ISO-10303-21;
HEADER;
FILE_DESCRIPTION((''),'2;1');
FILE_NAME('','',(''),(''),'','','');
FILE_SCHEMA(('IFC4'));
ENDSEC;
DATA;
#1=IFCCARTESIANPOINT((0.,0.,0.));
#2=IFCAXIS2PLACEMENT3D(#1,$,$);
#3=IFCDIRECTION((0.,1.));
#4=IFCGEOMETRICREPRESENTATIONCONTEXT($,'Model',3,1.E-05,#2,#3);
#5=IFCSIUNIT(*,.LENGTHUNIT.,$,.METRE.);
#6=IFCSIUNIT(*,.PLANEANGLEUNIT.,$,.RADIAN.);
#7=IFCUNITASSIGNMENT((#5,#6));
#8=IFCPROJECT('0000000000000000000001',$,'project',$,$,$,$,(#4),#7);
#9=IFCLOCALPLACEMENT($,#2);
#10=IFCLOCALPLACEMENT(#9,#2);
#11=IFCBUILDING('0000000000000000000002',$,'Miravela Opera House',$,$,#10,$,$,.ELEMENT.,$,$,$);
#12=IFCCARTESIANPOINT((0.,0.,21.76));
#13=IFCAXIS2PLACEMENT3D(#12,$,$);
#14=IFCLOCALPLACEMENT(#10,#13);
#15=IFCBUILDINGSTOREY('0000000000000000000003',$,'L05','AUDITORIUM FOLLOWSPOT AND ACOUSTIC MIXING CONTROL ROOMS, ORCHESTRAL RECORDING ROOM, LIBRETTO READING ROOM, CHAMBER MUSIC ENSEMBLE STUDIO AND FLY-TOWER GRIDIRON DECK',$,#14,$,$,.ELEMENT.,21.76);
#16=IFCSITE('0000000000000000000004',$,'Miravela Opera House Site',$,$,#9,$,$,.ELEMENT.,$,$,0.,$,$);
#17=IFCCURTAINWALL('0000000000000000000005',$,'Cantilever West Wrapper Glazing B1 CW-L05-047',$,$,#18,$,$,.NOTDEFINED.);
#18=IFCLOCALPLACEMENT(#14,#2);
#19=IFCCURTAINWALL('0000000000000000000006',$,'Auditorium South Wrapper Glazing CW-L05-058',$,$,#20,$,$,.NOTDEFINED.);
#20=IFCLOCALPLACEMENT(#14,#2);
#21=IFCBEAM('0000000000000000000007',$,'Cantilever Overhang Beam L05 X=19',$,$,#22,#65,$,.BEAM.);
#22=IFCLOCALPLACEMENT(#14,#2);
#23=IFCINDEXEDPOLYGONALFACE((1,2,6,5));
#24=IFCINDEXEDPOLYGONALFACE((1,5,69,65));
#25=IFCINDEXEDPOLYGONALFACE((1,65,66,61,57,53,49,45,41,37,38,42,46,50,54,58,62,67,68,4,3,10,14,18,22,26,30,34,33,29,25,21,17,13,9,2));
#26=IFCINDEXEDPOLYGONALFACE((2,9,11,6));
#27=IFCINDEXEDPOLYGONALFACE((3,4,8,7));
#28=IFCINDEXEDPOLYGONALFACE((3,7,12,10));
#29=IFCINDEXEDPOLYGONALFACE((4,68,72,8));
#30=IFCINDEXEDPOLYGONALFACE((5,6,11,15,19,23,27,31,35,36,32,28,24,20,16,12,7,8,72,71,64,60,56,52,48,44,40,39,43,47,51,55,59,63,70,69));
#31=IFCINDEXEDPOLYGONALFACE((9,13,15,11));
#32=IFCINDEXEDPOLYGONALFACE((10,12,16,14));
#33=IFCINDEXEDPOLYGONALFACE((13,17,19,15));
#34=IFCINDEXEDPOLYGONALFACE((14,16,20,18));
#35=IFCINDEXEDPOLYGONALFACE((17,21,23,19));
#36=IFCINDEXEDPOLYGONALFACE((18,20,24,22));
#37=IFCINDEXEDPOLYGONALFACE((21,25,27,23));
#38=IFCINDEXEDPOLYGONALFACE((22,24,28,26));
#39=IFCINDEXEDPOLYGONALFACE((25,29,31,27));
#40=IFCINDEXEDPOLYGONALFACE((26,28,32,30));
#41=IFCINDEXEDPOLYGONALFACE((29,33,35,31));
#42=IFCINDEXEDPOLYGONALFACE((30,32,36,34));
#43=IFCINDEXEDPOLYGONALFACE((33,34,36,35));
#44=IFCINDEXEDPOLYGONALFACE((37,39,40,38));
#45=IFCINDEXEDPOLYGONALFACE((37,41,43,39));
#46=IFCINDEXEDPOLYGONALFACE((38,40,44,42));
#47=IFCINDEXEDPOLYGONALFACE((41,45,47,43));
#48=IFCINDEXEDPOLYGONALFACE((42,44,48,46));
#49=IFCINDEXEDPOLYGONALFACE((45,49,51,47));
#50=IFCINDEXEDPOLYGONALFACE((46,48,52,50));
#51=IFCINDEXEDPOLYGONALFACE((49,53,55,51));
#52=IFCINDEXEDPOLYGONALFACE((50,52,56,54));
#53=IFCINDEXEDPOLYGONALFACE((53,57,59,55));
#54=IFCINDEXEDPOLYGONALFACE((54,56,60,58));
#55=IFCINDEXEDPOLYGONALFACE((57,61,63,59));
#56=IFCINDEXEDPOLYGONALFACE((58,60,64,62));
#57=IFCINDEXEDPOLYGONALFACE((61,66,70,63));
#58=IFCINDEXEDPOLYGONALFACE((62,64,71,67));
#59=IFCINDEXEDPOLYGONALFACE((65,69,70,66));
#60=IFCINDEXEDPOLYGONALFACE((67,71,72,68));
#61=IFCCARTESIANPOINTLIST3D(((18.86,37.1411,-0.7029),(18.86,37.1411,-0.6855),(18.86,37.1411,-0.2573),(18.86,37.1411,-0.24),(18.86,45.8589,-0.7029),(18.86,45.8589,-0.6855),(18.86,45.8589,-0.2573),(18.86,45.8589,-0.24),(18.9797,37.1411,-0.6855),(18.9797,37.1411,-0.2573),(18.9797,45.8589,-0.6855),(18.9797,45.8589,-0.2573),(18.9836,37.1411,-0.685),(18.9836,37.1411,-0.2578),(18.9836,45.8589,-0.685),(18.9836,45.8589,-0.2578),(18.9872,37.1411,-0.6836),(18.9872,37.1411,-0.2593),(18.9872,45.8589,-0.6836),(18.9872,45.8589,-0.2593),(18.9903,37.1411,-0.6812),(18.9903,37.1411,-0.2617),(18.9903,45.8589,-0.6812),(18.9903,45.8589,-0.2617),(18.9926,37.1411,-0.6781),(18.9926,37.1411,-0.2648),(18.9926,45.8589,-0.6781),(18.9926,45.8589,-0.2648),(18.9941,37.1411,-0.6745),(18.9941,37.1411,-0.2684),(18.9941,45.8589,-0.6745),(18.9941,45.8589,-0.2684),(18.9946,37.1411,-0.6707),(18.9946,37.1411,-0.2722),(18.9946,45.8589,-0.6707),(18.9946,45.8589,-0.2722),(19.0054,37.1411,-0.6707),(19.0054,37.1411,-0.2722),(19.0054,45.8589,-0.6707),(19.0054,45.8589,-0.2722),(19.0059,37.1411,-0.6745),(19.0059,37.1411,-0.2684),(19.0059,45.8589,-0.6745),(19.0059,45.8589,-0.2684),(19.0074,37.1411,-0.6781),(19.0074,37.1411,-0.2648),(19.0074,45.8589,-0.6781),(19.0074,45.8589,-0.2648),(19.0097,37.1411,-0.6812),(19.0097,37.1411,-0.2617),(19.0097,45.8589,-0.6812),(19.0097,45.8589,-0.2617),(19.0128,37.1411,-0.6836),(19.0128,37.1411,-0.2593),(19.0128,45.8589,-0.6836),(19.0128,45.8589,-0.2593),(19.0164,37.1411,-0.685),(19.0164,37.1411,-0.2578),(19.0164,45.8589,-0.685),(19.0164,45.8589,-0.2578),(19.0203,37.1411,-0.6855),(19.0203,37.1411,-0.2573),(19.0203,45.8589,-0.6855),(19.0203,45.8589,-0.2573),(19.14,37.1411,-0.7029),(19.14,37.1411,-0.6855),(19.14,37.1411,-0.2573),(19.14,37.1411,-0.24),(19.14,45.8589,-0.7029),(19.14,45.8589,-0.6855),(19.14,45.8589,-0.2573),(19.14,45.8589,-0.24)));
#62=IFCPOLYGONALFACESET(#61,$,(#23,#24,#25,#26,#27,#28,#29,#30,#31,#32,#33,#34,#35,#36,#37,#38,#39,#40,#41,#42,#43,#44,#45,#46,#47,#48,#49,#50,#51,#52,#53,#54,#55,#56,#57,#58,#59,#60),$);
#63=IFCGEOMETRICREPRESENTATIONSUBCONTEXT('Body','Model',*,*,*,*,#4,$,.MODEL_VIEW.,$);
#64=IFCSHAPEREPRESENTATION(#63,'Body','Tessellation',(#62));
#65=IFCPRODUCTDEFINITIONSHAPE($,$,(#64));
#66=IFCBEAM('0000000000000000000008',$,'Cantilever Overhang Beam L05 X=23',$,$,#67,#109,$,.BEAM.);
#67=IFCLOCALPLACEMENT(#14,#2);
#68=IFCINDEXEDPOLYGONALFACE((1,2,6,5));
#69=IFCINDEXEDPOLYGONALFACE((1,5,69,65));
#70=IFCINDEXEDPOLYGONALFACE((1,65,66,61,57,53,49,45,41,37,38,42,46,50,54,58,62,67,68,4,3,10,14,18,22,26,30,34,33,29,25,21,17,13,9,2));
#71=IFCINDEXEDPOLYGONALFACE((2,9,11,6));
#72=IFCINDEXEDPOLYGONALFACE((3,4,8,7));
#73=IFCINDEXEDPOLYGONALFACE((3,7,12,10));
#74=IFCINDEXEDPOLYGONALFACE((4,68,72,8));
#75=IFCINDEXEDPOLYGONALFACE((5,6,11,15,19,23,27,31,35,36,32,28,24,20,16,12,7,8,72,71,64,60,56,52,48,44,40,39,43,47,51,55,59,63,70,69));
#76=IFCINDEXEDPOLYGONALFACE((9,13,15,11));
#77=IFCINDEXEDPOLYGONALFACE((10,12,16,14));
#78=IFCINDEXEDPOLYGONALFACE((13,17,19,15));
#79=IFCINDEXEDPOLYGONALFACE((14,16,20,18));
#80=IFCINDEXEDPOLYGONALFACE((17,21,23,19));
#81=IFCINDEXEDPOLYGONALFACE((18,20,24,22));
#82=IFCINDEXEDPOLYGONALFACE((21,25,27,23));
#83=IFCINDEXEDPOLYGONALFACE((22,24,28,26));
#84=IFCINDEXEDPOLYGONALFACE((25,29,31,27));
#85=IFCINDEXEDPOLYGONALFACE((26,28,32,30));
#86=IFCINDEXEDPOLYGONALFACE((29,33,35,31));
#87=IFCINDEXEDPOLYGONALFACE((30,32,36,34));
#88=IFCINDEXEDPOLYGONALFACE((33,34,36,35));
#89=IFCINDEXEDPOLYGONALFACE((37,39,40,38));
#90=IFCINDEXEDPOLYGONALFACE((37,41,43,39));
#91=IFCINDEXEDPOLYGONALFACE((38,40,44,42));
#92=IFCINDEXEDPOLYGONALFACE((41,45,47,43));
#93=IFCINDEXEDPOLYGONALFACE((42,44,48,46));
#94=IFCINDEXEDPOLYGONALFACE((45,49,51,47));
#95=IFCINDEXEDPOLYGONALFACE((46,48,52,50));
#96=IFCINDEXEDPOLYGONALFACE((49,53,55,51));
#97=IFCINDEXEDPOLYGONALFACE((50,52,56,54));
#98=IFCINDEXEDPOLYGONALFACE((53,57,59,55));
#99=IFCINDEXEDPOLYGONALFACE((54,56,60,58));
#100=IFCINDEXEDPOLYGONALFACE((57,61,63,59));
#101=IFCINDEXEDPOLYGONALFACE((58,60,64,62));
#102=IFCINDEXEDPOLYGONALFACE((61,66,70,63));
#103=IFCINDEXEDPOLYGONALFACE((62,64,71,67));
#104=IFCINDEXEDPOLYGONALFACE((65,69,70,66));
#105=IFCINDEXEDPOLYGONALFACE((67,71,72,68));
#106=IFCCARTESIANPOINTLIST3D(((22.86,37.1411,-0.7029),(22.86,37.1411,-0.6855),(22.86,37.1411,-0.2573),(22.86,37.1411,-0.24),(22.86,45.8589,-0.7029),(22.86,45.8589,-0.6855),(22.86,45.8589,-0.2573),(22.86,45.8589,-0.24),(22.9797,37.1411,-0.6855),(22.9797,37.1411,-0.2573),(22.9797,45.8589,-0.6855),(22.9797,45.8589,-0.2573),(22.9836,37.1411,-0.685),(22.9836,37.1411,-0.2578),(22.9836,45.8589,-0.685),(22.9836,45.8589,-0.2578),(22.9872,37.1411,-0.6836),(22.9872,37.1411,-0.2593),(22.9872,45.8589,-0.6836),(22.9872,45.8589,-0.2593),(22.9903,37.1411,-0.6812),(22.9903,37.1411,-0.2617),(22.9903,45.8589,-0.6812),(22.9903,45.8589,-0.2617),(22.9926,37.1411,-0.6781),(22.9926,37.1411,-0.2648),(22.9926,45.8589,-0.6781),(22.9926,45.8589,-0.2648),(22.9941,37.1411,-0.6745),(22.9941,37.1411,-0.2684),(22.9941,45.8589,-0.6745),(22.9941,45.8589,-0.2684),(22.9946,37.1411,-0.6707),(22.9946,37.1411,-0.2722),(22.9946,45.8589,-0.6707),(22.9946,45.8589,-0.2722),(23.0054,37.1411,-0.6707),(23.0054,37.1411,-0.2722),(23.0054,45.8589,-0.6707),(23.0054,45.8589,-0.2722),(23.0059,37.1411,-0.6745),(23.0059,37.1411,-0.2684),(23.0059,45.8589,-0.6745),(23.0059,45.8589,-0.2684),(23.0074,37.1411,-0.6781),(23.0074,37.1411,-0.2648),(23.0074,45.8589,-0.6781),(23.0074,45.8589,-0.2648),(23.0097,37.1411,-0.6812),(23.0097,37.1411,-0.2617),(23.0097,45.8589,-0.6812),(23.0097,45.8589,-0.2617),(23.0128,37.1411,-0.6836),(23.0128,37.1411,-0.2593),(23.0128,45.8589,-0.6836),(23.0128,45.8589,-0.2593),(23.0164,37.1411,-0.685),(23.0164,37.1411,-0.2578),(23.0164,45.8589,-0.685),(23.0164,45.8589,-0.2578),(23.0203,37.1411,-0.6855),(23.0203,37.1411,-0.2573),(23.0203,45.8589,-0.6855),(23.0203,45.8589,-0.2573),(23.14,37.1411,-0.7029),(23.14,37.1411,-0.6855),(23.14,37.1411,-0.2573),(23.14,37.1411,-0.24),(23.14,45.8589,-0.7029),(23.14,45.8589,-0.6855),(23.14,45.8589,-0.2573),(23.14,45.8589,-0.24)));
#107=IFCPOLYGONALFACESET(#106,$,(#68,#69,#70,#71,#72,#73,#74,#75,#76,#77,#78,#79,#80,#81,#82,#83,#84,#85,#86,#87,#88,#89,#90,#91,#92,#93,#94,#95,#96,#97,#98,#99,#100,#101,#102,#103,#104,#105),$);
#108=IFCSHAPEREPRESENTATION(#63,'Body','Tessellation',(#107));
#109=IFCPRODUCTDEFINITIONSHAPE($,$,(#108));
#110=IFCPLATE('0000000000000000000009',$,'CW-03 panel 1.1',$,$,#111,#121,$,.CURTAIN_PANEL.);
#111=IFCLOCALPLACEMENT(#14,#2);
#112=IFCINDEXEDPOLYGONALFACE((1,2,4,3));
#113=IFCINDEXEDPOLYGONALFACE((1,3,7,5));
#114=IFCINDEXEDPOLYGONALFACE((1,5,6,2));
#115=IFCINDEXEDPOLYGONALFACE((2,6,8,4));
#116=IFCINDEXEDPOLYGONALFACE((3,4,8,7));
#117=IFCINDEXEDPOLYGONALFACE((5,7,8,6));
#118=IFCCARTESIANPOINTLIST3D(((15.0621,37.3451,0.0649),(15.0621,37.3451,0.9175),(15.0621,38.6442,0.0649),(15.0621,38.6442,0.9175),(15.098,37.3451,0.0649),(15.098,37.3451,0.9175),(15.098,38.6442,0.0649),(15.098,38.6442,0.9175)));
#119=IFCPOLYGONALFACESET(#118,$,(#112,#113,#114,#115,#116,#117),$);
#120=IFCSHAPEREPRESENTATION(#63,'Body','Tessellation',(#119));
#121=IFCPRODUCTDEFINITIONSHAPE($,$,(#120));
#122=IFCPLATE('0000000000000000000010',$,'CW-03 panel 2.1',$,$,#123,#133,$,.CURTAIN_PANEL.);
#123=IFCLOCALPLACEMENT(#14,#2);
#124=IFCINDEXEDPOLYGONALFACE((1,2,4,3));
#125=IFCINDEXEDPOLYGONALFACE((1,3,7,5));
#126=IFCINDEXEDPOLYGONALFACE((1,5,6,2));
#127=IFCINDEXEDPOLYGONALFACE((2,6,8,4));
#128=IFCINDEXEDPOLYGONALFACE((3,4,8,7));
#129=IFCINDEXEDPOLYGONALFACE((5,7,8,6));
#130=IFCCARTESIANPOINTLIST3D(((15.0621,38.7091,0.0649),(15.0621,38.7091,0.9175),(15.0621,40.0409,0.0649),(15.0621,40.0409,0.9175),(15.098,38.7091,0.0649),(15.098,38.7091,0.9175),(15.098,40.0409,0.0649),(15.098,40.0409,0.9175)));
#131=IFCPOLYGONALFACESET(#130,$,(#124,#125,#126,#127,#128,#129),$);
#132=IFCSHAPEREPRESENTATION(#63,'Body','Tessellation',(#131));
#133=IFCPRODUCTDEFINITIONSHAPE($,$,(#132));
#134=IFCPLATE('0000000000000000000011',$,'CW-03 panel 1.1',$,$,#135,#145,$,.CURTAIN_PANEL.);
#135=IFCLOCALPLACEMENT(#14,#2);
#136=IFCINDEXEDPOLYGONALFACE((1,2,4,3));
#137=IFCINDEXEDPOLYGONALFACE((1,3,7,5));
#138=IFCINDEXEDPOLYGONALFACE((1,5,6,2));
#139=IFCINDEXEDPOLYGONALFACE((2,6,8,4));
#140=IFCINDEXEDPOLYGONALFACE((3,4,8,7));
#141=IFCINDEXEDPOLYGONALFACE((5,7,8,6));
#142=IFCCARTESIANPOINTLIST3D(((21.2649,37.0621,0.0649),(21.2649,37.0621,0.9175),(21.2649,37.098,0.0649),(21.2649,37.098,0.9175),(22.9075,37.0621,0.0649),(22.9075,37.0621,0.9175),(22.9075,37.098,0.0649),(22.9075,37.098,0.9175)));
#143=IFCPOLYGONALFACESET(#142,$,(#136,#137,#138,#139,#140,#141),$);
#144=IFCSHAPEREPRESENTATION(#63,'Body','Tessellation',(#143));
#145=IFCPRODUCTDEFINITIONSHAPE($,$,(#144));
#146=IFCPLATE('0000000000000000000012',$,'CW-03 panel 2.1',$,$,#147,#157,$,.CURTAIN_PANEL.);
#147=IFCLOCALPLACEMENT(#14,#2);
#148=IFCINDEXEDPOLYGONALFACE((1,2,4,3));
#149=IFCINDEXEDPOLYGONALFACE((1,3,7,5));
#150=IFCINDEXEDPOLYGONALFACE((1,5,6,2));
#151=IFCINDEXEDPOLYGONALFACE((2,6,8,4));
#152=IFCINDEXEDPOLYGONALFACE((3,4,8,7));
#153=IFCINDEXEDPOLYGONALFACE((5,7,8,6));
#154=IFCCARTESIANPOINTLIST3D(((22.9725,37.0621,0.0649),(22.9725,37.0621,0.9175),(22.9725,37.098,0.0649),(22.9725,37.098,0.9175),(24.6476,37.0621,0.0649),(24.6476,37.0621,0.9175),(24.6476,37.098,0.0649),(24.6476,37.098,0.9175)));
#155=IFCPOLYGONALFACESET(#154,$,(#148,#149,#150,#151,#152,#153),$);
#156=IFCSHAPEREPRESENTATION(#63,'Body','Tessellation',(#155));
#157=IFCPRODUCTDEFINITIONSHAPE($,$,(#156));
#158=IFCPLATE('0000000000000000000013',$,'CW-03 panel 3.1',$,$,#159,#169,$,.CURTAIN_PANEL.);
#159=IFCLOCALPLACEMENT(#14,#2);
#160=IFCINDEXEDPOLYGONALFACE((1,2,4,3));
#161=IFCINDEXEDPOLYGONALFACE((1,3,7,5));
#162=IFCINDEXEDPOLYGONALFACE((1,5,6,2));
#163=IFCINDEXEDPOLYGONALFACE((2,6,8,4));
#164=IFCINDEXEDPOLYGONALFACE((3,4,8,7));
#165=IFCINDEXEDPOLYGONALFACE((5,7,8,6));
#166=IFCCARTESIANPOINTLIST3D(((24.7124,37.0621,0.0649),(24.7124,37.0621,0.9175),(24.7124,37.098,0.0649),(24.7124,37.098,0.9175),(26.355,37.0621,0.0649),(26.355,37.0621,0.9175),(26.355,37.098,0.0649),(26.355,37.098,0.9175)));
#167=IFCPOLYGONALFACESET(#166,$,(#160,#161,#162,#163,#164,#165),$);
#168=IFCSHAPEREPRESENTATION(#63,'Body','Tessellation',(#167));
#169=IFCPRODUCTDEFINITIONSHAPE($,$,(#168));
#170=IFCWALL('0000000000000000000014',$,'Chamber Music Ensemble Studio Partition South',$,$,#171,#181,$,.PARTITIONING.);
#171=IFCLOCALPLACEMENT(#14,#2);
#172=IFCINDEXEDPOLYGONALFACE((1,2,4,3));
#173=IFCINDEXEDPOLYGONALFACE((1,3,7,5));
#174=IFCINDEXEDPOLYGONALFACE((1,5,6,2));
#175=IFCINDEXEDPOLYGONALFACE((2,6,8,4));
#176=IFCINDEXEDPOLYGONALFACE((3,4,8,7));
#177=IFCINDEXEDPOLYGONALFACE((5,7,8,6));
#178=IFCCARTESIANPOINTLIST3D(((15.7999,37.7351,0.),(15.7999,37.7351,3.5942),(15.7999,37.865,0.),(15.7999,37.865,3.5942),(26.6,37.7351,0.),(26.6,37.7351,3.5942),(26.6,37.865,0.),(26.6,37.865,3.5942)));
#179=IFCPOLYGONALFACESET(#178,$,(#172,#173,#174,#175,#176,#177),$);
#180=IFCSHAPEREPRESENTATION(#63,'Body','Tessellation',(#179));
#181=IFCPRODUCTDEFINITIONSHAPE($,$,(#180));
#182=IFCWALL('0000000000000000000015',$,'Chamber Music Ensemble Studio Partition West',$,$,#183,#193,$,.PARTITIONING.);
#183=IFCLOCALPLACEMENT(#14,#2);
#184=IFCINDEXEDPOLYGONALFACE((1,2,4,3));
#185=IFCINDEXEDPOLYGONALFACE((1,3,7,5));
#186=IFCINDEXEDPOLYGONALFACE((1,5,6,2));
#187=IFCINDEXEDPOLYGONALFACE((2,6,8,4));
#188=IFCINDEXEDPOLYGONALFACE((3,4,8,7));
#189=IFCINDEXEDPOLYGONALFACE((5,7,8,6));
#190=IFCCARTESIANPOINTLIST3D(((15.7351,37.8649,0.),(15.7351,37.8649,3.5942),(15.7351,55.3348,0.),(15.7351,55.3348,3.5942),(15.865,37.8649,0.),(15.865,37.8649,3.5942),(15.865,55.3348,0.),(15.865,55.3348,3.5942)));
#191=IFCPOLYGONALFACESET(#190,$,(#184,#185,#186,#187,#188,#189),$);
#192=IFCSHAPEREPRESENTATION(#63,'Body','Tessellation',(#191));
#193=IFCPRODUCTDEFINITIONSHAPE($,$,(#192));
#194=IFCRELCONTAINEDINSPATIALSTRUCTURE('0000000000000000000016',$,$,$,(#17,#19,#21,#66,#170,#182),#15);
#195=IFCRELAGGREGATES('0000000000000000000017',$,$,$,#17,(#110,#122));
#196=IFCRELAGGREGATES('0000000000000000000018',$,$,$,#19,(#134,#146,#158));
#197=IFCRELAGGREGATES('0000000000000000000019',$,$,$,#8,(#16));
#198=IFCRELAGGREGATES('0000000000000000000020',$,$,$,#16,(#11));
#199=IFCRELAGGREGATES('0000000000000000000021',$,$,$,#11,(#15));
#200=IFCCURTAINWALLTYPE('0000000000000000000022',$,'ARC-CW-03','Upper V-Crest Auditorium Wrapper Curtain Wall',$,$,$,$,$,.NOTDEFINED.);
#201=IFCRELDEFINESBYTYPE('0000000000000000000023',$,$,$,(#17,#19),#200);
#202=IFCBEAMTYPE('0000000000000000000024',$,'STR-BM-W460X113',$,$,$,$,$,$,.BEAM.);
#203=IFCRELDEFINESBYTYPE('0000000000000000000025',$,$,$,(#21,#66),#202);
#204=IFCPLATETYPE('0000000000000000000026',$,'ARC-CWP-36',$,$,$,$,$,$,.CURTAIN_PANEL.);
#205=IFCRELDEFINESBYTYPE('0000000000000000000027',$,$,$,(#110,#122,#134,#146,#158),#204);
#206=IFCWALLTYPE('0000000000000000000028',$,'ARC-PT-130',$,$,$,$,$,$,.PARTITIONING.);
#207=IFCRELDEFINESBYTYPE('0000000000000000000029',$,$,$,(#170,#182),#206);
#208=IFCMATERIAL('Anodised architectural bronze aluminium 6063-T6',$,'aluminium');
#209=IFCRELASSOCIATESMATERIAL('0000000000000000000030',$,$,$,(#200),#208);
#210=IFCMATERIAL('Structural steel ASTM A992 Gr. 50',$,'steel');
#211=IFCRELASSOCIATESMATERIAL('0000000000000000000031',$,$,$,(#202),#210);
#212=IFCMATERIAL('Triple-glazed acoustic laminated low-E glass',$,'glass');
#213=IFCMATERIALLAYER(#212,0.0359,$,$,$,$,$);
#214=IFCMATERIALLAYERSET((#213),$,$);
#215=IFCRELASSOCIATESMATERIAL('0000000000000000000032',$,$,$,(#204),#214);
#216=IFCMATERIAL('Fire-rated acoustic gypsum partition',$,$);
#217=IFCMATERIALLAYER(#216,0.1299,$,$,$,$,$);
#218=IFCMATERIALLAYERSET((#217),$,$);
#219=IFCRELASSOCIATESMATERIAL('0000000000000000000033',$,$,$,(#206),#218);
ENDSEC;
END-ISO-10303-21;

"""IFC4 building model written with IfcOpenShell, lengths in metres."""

from ifc_helpers import new_model, si_unit, direction, frame, frame_2d, origin, origin_2d, place, context, subcontext, project, spatial, rectangle, i_section, extrude, material, layer, layer_set, material_profile, profile_set, type_object, element, aggregate, save


model = new_model("IFC4")

# Units and contexts
model_context = context("Model", 3, precision=1e-05, world=origin(), true_north=direction((0.0, 1.0)))
body_context = subcontext(model_context, "Body", "Model", "MODEL_VIEW")
ifc_project = project(units=[si_unit("LENGTHUNIT", "METRE"), si_unit("PLANEANGLEUNIT", "RADIAN")], contexts=[model_context])

# Site, building, storey
site_placement = place(None, origin())
site = spatial("IfcSite", under=ifc_project, at=site_placement, Name="Miravela Opera House Site", CompositionType="ELEMENT", RefElevation=0.0)
building_placement = place(site_placement, origin())
building = spatial("IfcBuilding", under=site, at=building_placement, Name="Miravela Opera House", CompositionType="ELEMENT")
storey_placement = place(building_placement, frame((0.0, 0.0, 21.76)))
storey = spatial("IfcBuildingStorey", under=building, at=storey_placement, Name="L05", Description="AUDITORIUM FOLLOWSPOT AND ACOUSTIC MIXING CONTROL ROOMS, ORCHESTRAL RECORDING ROOM, LIBRETTO READING ROOM, CHAMBER MUSIC ENSEMBLE STUDIO AND FLY-TOWER GRIDIRON DECK", CompositionType="ELEMENT", Elevation=21.76)

# Curtain walls
ifc_material_1 = material(Name="Anodised architectural bronze aluminium 6063-T6", Category="aluminium")
curtain_wall_type = type_object("IfcCurtainWallType", Name="ARC-CW-03", Description="Upper V-Crest Auditorium Wrapper Curtain Wall", PredefinedType="NOTDEFINED", material=ifc_material_1)
curtain_wall_1_placement = place(storey_placement, origin())
curtain_wall_1 = element("IfcCurtainWall", 1, at=curtain_wall_1_placement, inside=storey, type_object=curtain_wall_type, Name="Cantilever West Wrapper Glazing B1 CW-L05-047", PredefinedType="NOTDEFINED")
curtain_wall_2_placement = place(storey_placement, origin())
curtain_wall_2 = element("IfcCurtainWall", 2, at=curtain_wall_2_placement, inside=storey, type_object=curtain_wall_type, Name="Auditorium South Wrapper Glazing CW-L05-058", PredefinedType="NOTDEFINED")

# Beams
ifc_material_2 = material(Name="Structural steel ASTM A992 Gr. 50", Category="steel")
ifc_material_profile_1 = material_profile(ifc_material_2, i_section(OverallWidth=0.28, OverallDepth=0.4629, WebThickness=0.0107, FlangeThickness=0.0173, FilletRadius=0.0149, at=origin_2d()), Name="W460X113")
ifc_profile_set_1 = profile_set([ifc_material_profile_1])
beam_type = type_object("IfcBeamType", Name="STR-BM-W460X113", PredefinedType="BEAM", material=ifc_profile_set_1)
for number, where, z_axis, x_axis, name in (
    (3, (19.0, 37.1411, -0.4714), (0.0, 1.0, 0.0), (-1.0, 0.0, 0.0), "Cantilever Overhang Beam L05 X=19"),
    (4, (23.0, 37.1411, -0.4714), (0.0, 1.0, 0.0), (-1.0, 0.0, 0.0), "Cantilever Overhang Beam L05 X=23"),
):
    element("IfcBeam", number, at=place(storey_placement, frame(where, z_axis=z_axis, x_axis=x_axis)), inside=storey, type_object=beam_type, Name=name, PredefinedType="BEAM", context=body_context, shape_type="SweptSolid", body=[
        extrude(i_section(OverallWidth=0.28, OverallDepth=0.4629, WebThickness=0.0107, FlangeThickness=0.0173, FilletRadius=0.0149, at=origin_2d()), origin(), (0.0, 0.0, 1.0), 8.7178),
    ])

# Plates
ifc_material_3 = material(Name="Triple-glazed acoustic laminated low-E glass", Category="glass")
ifc_layer_1 = layer(ifc_material_3, 0.0359)
ifc_layer_set_1 = layer_set([ifc_layer_1])
plate_type = type_object("IfcPlateType", Name="ARC-CWP-36", PredefinedType="CURTAIN_PANEL", material=ifc_layer_set_1)
plate_1_placement = place(storey_placement, frame((15.0801, 37.9946, 0.0649), z_axis=(0.0, 0.0, 1.0), x_axis=(0.0, 1.0, 0.0)))
plate_1 = element("IfcPlate", 5, at=plate_1_placement, type_object=plate_type, Name="CW-03 panel 1.1", PredefinedType="CURTAIN_PANEL", context=body_context, shape_type="SweptSolid", body=[
    extrude(rectangle(XDim=1.2991, YDim=0.0359, at=origin_2d()), origin(), (0.0, 0.0, 1.0), 0.8525),
])
plate_2_placement = place(storey_placement, frame((15.0801, 39.375, 0.0649), z_axis=(0.0, 0.0, 1.0), x_axis=(0.0, 1.0, 0.0)))
plate_2 = element("IfcPlate", 6, at=plate_2_placement, type_object=plate_type, Name="CW-03 panel 2.1", PredefinedType="CURTAIN_PANEL", context=body_context, shape_type="SweptSolid", body=[
    extrude(rectangle(XDim=1.3318, YDim=0.0359, at=origin_2d()), origin(), (0.0, 0.0, 1.0), 0.8525),
])
aggregate(curtain_wall_1, [plate_1, plate_2])
plate_3_placement = place(storey_placement, frame((22.0862, 37.0801, 0.0649), z_axis=(0.0, 0.0, 1.0), x_axis=(1.0, 0.0, 0.0)))
plate_3 = element("IfcPlate", 7, at=plate_3_placement, type_object=plate_type, Name="CW-03 panel 1.1", PredefinedType="CURTAIN_PANEL", context=body_context, shape_type="SweptSolid", body=[
    extrude(rectangle(XDim=1.6426, YDim=0.0359, at=origin_2d()), origin(), (0.0, 0.0, 1.0), 0.8525),
])
plate_4_placement = place(storey_placement, frame((23.8101, 37.0801, 0.0649), z_axis=(0.0, 0.0, 1.0), x_axis=(1.0, 0.0, 0.0)))
plate_4 = element("IfcPlate", 8, at=plate_4_placement, type_object=plate_type, Name="CW-03 panel 2.1", PredefinedType="CURTAIN_PANEL", context=body_context, shape_type="SweptSolid", body=[
    extrude(rectangle(XDim=1.675, YDim=0.0359, at=origin_2d()), origin(), (0.0, 0.0, 1.0), 0.8525),
])
plate_5_placement = place(storey_placement, frame((25.5337, 37.0801, 0.0649), z_axis=(0.0, 0.0, 1.0), x_axis=(1.0, 0.0, 0.0)))
plate_5 = element("IfcPlate", 9, at=plate_5_placement, type_object=plate_type, Name="CW-03 panel 3.1", PredefinedType="CURTAIN_PANEL", context=body_context, shape_type="SweptSolid", body=[
    extrude(rectangle(XDim=1.6426, YDim=0.0359, at=origin_2d()), origin(), (0.0, 0.0, 1.0), 0.8525),
])
aggregate(curtain_wall_2, [plate_3, plate_4, plate_5])

# Walls
ifc_material_4 = material(Name="Fire-rated acoustic gypsum partition")
ifc_layer_2 = layer(ifc_material_4, 0.1299)
ifc_layer_set_2 = layer_set([ifc_layer_2])
wall_type = type_object("IfcWallType", Name="ARC-PT-130", PredefinedType="PARTITIONING", material=ifc_layer_set_2)
wall_1_placement = place(storey_placement, frame((15.8, 37.8, 0.0), z_axis=(0.0, 0.0, 1.0), x_axis=(1.0, 0.0, 0.0)))
element("IfcWall", 10, at=wall_1_placement, inside=storey, type_object=wall_type, Name="Chamber Music Ensemble Studio Partition South", PredefinedType="PARTITIONING", context=body_context, shape_type="SweptSolid", body=[
    extrude(rectangle(XDim=10.8, YDim=0.1299, at=frame_2d((5.3999, 0.0))), origin(), (0.0, 0.0, 1.0), 3.5942),
])
wall_2_placement = place(storey_placement, frame((15.8, 37.865, 0.0), z_axis=(0.0, 0.0, 1.0), x_axis=(0.0, 1.0, 0.0)))
element("IfcWall", 11, at=wall_2_placement, inside=storey, type_object=wall_type, Name="Chamber Music Ensemble Studio Partition West", PredefinedType="PARTITIONING", context=body_context, shape_type="SweptSolid", body=[
    extrude(rectangle(XDim=17.47, YDim=0.1299, at=frame_2d((8.7349, 0.0))), origin(), (0.0, 0.0, 1.0), 3.5942),
])

save(model, "model.ifc")
